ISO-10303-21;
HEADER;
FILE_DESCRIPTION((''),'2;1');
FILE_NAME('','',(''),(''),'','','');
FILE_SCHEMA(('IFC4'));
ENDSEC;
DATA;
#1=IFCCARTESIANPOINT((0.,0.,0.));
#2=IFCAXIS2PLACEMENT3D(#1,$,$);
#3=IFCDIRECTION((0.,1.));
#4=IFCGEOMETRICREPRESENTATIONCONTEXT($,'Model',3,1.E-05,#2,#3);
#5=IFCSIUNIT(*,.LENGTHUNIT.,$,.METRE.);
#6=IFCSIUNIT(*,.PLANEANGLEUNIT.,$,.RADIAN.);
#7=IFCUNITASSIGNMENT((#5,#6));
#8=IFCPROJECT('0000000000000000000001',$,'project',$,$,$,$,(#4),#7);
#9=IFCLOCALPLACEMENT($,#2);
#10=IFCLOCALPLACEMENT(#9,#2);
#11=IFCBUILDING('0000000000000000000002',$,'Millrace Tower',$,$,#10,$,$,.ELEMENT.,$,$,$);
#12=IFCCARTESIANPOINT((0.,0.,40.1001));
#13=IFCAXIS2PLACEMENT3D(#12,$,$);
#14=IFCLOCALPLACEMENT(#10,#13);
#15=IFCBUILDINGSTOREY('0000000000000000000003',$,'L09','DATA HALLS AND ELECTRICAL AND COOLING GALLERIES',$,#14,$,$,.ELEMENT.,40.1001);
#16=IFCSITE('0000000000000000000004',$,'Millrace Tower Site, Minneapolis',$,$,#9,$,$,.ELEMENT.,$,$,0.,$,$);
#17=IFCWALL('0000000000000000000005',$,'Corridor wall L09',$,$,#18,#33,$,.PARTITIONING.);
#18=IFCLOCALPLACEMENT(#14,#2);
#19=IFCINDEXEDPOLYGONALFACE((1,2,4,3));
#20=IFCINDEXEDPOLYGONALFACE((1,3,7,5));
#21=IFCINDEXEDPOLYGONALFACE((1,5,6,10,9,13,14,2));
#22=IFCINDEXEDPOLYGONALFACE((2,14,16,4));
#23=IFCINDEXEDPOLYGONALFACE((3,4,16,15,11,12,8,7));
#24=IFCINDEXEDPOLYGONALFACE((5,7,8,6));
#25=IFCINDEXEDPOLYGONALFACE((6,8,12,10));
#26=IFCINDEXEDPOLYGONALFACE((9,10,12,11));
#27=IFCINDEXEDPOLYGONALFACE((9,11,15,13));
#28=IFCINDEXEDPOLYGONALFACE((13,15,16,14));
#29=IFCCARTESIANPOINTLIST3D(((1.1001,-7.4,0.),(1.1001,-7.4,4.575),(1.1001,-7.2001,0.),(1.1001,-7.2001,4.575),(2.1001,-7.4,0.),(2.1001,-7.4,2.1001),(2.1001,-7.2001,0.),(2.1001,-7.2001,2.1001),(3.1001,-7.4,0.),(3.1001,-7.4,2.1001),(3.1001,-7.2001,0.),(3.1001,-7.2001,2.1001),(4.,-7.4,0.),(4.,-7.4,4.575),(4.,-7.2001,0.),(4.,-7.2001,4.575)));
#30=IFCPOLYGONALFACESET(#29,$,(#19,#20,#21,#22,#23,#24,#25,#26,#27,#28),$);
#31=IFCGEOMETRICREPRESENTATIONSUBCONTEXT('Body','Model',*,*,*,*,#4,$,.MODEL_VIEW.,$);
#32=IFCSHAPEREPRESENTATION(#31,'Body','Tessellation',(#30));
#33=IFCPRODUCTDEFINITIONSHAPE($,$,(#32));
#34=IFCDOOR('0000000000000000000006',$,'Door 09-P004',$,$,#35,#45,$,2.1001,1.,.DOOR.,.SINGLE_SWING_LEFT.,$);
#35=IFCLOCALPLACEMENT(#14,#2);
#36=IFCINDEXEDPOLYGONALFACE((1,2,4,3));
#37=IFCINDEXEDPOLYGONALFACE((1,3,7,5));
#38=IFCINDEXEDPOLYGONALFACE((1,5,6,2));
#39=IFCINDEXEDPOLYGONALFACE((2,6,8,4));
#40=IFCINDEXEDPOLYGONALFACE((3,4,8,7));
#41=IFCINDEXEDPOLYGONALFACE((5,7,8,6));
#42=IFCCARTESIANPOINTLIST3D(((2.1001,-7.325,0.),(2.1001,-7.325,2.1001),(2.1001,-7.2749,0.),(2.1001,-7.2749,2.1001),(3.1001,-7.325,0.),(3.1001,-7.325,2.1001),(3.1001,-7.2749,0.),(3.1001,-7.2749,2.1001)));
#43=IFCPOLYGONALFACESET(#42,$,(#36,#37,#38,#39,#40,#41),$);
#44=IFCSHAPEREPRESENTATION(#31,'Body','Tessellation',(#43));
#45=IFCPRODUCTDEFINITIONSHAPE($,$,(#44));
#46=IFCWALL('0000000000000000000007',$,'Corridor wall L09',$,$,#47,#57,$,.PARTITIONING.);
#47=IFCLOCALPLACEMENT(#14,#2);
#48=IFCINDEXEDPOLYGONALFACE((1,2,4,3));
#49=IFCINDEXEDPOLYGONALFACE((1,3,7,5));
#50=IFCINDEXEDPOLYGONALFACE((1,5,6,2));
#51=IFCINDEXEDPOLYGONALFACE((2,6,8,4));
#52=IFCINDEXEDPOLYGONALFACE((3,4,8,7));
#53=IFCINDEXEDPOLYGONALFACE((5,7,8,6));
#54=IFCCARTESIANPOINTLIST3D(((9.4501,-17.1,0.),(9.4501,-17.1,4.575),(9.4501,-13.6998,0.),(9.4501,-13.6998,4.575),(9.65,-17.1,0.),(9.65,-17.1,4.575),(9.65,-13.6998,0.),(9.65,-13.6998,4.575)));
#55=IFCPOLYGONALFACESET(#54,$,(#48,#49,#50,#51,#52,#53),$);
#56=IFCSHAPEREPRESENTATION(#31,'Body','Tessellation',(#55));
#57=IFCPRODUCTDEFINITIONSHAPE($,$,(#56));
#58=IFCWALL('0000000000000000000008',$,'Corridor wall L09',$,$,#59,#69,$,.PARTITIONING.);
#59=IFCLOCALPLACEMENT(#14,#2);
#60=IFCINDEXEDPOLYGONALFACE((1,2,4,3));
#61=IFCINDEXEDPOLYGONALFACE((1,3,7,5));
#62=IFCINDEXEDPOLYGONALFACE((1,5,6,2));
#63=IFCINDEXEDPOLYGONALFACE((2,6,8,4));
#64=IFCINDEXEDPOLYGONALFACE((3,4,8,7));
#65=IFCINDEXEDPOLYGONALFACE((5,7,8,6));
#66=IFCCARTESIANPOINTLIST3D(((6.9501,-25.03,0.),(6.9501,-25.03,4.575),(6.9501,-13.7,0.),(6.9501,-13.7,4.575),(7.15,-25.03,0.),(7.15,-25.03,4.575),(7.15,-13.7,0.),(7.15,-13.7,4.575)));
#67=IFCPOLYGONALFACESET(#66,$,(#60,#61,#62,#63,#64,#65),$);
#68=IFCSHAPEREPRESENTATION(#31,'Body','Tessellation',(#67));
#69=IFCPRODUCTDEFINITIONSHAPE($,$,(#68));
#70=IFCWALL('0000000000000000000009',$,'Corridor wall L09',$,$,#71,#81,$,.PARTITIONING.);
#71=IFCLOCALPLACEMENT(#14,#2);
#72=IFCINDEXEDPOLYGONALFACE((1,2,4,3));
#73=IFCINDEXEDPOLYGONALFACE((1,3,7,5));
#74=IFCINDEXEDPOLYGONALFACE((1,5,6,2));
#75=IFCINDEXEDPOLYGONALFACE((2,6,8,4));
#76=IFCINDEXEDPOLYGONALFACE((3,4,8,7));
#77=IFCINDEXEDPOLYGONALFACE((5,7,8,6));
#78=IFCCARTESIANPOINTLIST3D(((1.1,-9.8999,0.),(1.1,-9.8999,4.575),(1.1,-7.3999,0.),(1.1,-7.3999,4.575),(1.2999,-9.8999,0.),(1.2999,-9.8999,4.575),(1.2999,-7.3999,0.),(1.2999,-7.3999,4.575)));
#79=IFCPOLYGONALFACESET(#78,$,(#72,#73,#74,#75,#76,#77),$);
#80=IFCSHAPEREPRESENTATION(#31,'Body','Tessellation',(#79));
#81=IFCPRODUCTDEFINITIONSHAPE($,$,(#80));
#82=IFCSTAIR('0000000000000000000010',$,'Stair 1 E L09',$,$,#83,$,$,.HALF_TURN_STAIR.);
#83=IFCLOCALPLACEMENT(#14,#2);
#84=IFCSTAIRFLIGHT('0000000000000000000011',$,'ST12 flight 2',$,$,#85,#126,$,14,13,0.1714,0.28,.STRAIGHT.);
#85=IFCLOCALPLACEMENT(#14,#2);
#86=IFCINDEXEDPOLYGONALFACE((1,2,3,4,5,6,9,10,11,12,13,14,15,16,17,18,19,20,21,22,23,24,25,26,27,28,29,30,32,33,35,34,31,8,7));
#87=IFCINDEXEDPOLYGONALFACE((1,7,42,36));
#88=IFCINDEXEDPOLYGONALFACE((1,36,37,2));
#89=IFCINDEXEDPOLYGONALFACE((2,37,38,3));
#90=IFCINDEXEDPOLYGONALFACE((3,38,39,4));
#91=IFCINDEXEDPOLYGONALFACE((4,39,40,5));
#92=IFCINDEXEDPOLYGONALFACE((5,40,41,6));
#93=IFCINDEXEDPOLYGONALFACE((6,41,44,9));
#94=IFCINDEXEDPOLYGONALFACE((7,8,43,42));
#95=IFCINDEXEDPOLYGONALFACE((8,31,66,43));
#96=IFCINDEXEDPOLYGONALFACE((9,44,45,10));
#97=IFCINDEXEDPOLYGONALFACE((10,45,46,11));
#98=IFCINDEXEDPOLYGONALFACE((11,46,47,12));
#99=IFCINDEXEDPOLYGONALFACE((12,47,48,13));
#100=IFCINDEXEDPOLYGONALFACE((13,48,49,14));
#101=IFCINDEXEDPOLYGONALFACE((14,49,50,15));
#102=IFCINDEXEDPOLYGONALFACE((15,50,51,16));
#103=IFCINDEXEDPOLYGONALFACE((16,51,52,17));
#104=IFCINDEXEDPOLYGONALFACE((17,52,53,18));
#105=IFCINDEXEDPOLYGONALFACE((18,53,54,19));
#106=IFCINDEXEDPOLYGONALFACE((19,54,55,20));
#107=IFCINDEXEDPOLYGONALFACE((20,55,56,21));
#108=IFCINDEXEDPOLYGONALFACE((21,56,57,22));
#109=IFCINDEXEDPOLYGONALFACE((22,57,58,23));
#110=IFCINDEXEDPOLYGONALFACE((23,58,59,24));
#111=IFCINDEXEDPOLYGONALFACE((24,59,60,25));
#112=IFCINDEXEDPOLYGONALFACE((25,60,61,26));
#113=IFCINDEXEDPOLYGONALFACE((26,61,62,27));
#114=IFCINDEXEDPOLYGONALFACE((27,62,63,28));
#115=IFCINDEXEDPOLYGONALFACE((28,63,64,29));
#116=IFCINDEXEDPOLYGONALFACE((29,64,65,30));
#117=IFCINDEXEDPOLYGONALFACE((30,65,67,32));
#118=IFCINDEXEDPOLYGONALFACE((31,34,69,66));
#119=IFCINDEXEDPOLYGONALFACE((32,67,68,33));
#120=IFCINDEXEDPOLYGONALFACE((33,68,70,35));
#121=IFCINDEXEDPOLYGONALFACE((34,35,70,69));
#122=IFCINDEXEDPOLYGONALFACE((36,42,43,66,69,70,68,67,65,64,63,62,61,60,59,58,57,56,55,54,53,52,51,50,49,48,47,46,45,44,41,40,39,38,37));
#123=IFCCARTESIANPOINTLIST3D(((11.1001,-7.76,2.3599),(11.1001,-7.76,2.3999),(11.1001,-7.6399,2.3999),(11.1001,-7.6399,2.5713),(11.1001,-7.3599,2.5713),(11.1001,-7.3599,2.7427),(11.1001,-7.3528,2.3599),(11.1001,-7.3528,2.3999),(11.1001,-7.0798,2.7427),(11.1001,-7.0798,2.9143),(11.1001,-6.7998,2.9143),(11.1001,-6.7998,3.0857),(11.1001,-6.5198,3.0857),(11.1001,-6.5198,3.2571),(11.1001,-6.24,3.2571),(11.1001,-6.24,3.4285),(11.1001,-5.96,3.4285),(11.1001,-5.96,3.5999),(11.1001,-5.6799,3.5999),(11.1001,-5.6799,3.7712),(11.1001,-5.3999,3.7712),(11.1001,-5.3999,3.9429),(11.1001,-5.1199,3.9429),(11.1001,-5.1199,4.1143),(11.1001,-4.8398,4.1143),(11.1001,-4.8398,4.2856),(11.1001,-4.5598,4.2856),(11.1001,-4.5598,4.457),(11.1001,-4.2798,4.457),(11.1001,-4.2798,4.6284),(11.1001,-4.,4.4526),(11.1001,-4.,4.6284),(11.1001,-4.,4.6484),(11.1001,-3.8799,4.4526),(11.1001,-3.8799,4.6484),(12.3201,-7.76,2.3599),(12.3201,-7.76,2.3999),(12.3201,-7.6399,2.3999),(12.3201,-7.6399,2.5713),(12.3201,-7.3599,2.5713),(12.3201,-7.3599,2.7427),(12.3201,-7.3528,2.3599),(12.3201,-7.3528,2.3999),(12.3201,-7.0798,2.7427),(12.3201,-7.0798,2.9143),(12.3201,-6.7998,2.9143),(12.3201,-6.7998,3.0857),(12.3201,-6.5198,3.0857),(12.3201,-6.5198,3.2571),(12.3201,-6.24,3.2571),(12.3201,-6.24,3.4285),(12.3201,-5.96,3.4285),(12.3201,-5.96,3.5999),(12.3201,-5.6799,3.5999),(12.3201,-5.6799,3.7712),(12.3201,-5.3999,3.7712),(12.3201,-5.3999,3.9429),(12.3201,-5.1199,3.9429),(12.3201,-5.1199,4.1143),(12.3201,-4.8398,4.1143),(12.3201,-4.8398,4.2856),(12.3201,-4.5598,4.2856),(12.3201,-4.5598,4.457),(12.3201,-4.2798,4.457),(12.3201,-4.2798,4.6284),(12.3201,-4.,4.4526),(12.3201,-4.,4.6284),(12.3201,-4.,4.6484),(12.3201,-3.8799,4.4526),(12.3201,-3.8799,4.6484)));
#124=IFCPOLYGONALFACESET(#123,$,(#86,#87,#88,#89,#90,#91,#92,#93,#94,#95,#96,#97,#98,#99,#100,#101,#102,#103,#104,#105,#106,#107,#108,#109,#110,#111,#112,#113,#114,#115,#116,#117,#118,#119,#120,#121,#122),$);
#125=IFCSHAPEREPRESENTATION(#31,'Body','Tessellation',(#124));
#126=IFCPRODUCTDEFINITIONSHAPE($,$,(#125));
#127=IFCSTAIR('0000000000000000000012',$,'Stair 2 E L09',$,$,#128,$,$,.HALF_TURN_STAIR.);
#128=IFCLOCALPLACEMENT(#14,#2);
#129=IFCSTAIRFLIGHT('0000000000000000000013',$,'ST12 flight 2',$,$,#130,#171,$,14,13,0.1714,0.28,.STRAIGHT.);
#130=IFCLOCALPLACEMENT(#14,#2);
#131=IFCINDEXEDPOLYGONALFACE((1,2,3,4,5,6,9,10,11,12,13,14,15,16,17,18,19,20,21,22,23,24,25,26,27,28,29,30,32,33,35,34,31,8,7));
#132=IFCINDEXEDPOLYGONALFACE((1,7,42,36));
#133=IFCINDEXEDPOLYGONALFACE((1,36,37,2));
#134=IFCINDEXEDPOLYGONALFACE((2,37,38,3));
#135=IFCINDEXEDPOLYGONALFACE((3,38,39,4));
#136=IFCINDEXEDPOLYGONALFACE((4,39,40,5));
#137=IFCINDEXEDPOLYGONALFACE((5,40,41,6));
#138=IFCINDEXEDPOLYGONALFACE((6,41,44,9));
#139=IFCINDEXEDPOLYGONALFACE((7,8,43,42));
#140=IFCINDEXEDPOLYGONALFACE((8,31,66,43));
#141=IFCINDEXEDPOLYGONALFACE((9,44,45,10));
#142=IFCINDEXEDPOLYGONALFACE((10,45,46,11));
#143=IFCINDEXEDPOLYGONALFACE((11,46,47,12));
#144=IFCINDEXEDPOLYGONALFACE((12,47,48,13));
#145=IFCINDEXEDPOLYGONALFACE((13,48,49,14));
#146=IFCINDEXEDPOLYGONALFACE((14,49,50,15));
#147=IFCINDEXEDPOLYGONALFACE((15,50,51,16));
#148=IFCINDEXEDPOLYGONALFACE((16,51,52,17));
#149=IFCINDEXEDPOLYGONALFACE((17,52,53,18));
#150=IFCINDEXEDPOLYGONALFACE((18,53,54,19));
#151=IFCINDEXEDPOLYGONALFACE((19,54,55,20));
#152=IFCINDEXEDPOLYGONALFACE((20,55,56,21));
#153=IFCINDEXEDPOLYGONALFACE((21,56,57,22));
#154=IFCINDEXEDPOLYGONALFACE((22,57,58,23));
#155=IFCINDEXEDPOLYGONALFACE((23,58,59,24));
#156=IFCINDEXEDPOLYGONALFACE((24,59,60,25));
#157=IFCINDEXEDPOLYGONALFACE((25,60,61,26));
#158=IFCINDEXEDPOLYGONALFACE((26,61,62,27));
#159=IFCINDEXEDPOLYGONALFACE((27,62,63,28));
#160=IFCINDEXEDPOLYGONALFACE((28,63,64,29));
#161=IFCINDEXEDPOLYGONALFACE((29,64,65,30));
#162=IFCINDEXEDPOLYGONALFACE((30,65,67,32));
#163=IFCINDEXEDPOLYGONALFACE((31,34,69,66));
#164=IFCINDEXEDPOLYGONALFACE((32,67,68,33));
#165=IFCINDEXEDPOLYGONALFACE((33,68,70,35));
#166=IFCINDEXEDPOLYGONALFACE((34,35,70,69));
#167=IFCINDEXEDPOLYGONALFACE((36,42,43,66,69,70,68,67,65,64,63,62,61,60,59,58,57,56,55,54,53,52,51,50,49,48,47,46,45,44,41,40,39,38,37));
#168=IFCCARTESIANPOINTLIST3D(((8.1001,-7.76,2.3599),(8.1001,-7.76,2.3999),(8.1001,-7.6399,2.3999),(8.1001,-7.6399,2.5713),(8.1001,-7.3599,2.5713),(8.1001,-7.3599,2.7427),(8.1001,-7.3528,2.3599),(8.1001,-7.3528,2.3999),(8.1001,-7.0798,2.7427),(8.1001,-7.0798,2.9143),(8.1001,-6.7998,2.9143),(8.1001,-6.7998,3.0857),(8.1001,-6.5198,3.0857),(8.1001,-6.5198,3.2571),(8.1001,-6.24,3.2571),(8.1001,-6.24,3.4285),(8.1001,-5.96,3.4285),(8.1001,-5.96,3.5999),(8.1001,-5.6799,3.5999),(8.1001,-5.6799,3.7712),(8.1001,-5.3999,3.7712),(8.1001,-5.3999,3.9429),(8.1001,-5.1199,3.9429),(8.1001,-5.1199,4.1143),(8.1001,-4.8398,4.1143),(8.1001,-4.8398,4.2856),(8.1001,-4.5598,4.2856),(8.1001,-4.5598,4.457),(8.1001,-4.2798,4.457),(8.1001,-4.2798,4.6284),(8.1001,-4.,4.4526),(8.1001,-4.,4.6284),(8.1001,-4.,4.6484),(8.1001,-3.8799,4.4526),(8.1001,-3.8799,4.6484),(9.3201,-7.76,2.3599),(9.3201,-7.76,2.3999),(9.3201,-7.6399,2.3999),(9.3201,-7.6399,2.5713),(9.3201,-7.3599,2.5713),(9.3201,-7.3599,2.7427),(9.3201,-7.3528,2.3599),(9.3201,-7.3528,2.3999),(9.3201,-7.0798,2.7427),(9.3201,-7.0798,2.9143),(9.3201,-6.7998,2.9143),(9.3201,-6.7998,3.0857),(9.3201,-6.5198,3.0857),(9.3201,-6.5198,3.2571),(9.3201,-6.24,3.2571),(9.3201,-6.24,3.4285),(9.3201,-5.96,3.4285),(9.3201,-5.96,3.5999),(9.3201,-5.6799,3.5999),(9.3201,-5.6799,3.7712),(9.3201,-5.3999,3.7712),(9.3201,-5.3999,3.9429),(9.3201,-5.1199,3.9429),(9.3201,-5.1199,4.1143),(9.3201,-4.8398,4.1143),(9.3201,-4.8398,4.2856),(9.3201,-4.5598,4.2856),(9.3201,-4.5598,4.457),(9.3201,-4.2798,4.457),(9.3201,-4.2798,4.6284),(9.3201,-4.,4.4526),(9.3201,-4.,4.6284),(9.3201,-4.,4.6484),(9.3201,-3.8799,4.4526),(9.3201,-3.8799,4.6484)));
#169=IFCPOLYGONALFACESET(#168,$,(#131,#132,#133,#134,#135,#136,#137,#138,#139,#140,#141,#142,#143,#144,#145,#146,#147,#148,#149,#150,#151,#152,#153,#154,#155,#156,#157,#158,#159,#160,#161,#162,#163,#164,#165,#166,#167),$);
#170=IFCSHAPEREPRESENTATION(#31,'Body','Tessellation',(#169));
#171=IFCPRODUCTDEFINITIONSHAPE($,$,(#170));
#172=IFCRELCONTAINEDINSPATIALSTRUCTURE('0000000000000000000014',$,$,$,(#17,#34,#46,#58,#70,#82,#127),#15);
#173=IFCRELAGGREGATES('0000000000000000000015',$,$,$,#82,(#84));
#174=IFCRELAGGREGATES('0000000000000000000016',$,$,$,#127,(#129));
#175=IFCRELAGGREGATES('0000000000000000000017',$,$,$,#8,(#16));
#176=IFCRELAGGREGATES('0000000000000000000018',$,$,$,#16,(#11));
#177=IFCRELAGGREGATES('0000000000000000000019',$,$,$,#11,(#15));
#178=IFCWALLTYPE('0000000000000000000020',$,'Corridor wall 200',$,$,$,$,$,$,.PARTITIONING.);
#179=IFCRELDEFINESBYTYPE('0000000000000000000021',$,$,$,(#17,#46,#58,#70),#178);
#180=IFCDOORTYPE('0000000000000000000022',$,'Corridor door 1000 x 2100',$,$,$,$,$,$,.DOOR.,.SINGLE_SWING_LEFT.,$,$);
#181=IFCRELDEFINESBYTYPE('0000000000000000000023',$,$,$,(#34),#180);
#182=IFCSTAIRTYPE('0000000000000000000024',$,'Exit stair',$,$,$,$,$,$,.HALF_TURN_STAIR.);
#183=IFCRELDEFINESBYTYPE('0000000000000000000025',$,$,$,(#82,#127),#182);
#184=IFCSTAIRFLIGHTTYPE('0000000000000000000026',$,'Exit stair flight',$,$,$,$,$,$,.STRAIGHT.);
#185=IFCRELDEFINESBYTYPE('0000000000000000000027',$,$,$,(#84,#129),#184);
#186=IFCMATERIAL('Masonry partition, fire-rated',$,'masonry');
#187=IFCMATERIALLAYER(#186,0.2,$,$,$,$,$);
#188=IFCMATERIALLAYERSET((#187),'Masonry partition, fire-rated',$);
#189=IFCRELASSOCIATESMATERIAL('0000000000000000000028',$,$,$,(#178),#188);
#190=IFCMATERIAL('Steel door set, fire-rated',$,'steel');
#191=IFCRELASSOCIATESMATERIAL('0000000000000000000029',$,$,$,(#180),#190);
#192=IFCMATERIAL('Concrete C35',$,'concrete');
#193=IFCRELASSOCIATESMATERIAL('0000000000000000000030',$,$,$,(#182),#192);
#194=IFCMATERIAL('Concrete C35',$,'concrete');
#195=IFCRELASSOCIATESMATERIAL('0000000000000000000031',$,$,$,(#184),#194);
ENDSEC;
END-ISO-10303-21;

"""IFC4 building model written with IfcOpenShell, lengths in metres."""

from ifc_helpers import new_model, si_unit, direction, frame, frame_2d, origin, place, context, subcontext, project, spatial, polyline, rectangle, outline, extrude, material, layer, layer_set, type_object, element, fill, aggregate, save


model = new_model("IFC4")

# Units and contexts
model_context = context("Model", 3, precision=1e-05, world=origin(), true_north=direction((0.0, 1.0)))
body_context = subcontext(model_context, "Body", "Model", "MODEL_VIEW")
ifc_project = project(units=[si_unit("LENGTHUNIT", "METRE"), si_unit("PLANEANGLEUNIT", "RADIAN")], contexts=[model_context])

# Site, building, storey
site_placement = place(None, origin())
site = spatial("IfcSite", under=ifc_project, at=site_placement, Name="Millrace Tower Site, Minneapolis", CompositionType="ELEMENT", RefElevation=0.0)
building_placement = place(site_placement, origin())
building = spatial("IfcBuilding", under=site, at=building_placement, Name="Millrace Tower", CompositionType="ELEMENT")
storey_placement = place(building_placement, frame((0.0, 0.0, 40.1001)))
storey = spatial("IfcBuildingStorey", under=building, at=storey_placement, Name="L09", Description="DATA HALLS AND ELECTRICAL AND COOLING GALLERIES", CompositionType="ELEMENT", Elevation=40.1001)

# Shared definitions
placement = place(storey_placement, origin())

# Shared definitions
ifc_material_1 = material(Name="Masonry partition, fire-rated", Category="masonry")
ifc_layer_1 = layer(ifc_material_1, 0.2)
ifc_layer_set_1 = layer_set([ifc_layer_1], Name="Masonry partition, fire-rated")
wall_type = type_object("IfcWallType", Name="Corridor wall 200", PredefinedType="PARTITIONING", material=ifc_layer_set_1)

# Wall, opening, door
wall_1_placement = place(storey_placement, frame((1.1001, -7.3, 0.0), z_axis=(0.0, 0.0, 1.0), x_axis=(1.0, 0.0, 0.0)))
wall_1 = element("IfcWall", 1, at=wall_1_placement, inside=storey, type_object=wall_type, Name="Corridor wall L09", PredefinedType="PARTITIONING", context=body_context, shape_type="SweptSolid", body=[
    extrude(rectangle(XDim=2.8999, YDim=0.2, at=frame_2d((1.45, 0.0))), origin(), (0.0, 0.0, 1.0), 4.575),
])
opening_placement = place(wall_1_placement, frame((1.0, 0.0, 0.0)))
opening = element("IfcOpeningElement", 2, at=opening_placement, cuts=wall_1, PredefinedType="OPENING", context=body_context, shape_type="SweptSolid", body=[
    extrude(rectangle(XDim=1.0, YDim=2.1001, at=frame_2d((0.5, 1.05))), frame((0.0, 0.1099, 0.0), z_axis=(0.0, -1.0, 0.0), x_axis=(1.0, 0.0, 0.0)), (0.0, 0.0, 1.0), 0.22),
])
ifc_material_2 = material(Name="Steel door set, fire-rated", Category="steel")
door_type = type_object("IfcDoorType", Name="Corridor door 1000 x 2100", OperationType="SINGLE_SWING_LEFT", PredefinedType="DOOR", material=ifc_material_2)
door_placement = place(opening_placement, frame((1.0, 0.0, 0.0), z_axis=(0.0, 0.0, 1.0), x_axis=(-1.0, 0.0, 0.0)))
door = element("IfcDoor", 3, at=door_placement, inside=storey, type_object=door_type, Name="Door 09-P004", OperationType="SINGLE_SWING_LEFT", OverallHeight=2.1001, OverallWidth=1.0, PredefinedType="DOOR", context=body_context, shape_type="SweptSolid", body=[
    extrude(rectangle(XDim=1.0, YDim=2.1001, at=frame_2d((0.5, 1.05))), frame((0.0, 0.0249, 0.0), z_axis=(0.0, -1.0, 0.0), x_axis=(1.0, 0.0, 0.0)), (0.0, 0.0, 1.0), 0.05),
])
fill(opening, door)

# Walls
wall_2_placement = place(storey_placement, frame((9.55, -17.1001, 0.0), z_axis=(0.0, 0.0, 1.0), x_axis=(0.0, 1.0, 0.0)))
element("IfcWall", 4, at=wall_2_placement, inside=storey, type_object=wall_type, Name="Corridor wall L09", PredefinedType="PARTITIONING", context=body_context, shape_type="SweptSolid", body=[
    extrude(rectangle(XDim=3.4001, YDim=0.2, at=frame_2d((1.7002, 0.0))), origin(), (0.0, 0.0, 1.0), 4.575),
])
wall_3_placement = place(storey_placement, frame((7.05, -25.03, 0.0), z_axis=(0.0, 0.0, 1.0), x_axis=(0.0, 1.0, 0.0)))
element("IfcWall", 5, at=wall_3_placement, inside=storey, type_object=wall_type, Name="Corridor wall L09", PredefinedType="PARTITIONING", context=body_context, shape_type="SweptSolid", body=[
    extrude(rectangle(XDim=11.3301, YDim=0.2, at=frame_2d((5.665, 0.0))), origin(), (0.0, 0.0, 1.0), 4.575),
])
wall_4_placement = place(storey_placement, frame((1.2, -9.8999, 0.0), z_axis=(0.0, 0.0, 1.0), x_axis=(0.0, 1.0, 0.0)))
element("IfcWall", 6, at=wall_4_placement, inside=storey, type_object=wall_type, Name="Corridor wall L09", PredefinedType="PARTITIONING", context=body_context, shape_type="SweptSolid", body=[
    extrude(rectangle(XDim=2.5, YDim=0.2, at=frame_2d((1.25, 0.0))), origin(), (0.0, 0.0, 1.0), 4.575),
])

# Stairs, stair flights
ifc_material_3 = material(Name="Concrete C35", Category="concrete")
stair_type = type_object("IfcStairType", Name="Exit stair", PredefinedType="HALF_TURN_STAIR", material=ifc_material_3)
stair_1 = element("IfcStair", 7, at=placement, inside=storey, type_object=stair_type, Name="Stair 1 E L09", PredefinedType="HALF_TURN_STAIR")
ifc_material_4 = material(Name="Concrete C35", Category="concrete")
stair_flight_type = type_object("IfcStairFlightType", Name="Exit stair flight", PredefinedType="STRAIGHT", material=ifc_material_4)
stair_flight_1_placement = place(storey_placement, frame((11.71, -7.6399, 2.3999), z_axis=(0.0, 0.0, 1.0), x_axis=(0.0, 1.0, 0.0)))
stair_flight_1 = element("IfcStairFlight", 8, at=stair_flight_1_placement, type_object=stair_flight_type, Name="ST12 flight 2", NumberOfRisers=14, NumberOfTreads=13, PredefinedType="STRAIGHT", RiserHeight=0.1714, TreadLength=0.28, context=body_context, shape_type="SweptSolid", body=[
    extrude(outline(polyline([(-0.1201, -0.04), (-0.1201, 0.0), (0.0, 0.0), (0.0, 0.1714), (0.28, 0.1714), (0.28, 0.3428), (0.5601, 0.3428), (0.5601, 0.5144), (0.8401, 0.5144), (0.8401, 0.6858), (1.1201, 0.6858), (1.1201, 0.8572), (1.3999, 0.8572), (1.3999, 1.0286), (1.6799, 1.0286), (1.6799, 1.2), (1.96, 1.2), (1.96, 1.3713), (2.24, 1.3713), (2.24, 1.543), (2.52, 1.543), (2.52, 1.7144), (2.8, 1.7144), (2.8, 1.8857), (3.0801, 1.8857), (3.0801, 2.0571), (3.3601, 2.0571), (3.3601, 2.2285), (3.6399, 2.2285), (3.6399, 2.2485), (3.76, 2.2485), (3.76, 2.0527), (3.6399, 2.0527), (0.2871, 0.0), (0.2871, -0.04), (-0.1201, -0.04)])), frame((0.0, 0.6099, 0.0), z_axis=(0.0, -1.0, 0.0), x_axis=(1.0, 0.0, 0.0)), (0.0, 0.0, 1.0), 1.22),
])
aggregate(stair_1, [stair_flight_1])
stair_2 = element("IfcStair", 9, at=placement, inside=storey, type_object=stair_type, Name="Stair 2 E L09", PredefinedType="HALF_TURN_STAIR")
stair_flight_2_placement = place(storey_placement, frame((8.71, -7.6399, 2.3999), z_axis=(0.0, 0.0, 1.0), x_axis=(0.0, 1.0, 0.0)))
stair_flight_2 = element("IfcStairFlight", 10, at=stair_flight_2_placement, type_object=stair_flight_type, Name="ST12 flight 2", NumberOfRisers=14, NumberOfTreads=13, PredefinedType="STRAIGHT", RiserHeight=0.1714, TreadLength=0.28, context=body_context, shape_type="SweptSolid", body=[
    extrude(outline(polyline([(-0.1201, -0.04), (-0.1201, 0.0), (0.0, 0.0), (0.0, 0.1714), (0.28, 0.1714), (0.28, 0.3428), (0.5601, 0.3428), (0.5601, 0.5144), (0.8401, 0.5144), (0.8401, 0.6858), (1.1201, 0.6858), (1.1201, 0.8572), (1.3999, 0.8572), (1.3999, 1.0286), (1.6799, 1.0286), (1.6799, 1.2), (1.96, 1.2), (1.96, 1.3713), (2.24, 1.3713), (2.24, 1.543), (2.52, 1.543), (2.52, 1.7144), (2.8, 1.7144), (2.8, 1.8857), (3.0801, 1.8857), (3.0801, 2.0571), (3.3601, 2.0571), (3.3601, 2.2285), (3.6399, 2.2285), (3.6399, 2.2485), (3.76, 2.2485), (3.76, 2.0527), (3.6399, 2.0527), (0.2871, 0.0), (0.2871, -0.04), (-0.1201, -0.04)])), frame((0.0, 0.6099, 0.0), z_axis=(0.0, -1.0, 0.0), x_axis=(1.0, 0.0, 0.0)), (0.0, 0.0, 1.0), 1.22),
])
aggregate(stair_2, [stair_flight_2])

save(model, "model.ifc")
